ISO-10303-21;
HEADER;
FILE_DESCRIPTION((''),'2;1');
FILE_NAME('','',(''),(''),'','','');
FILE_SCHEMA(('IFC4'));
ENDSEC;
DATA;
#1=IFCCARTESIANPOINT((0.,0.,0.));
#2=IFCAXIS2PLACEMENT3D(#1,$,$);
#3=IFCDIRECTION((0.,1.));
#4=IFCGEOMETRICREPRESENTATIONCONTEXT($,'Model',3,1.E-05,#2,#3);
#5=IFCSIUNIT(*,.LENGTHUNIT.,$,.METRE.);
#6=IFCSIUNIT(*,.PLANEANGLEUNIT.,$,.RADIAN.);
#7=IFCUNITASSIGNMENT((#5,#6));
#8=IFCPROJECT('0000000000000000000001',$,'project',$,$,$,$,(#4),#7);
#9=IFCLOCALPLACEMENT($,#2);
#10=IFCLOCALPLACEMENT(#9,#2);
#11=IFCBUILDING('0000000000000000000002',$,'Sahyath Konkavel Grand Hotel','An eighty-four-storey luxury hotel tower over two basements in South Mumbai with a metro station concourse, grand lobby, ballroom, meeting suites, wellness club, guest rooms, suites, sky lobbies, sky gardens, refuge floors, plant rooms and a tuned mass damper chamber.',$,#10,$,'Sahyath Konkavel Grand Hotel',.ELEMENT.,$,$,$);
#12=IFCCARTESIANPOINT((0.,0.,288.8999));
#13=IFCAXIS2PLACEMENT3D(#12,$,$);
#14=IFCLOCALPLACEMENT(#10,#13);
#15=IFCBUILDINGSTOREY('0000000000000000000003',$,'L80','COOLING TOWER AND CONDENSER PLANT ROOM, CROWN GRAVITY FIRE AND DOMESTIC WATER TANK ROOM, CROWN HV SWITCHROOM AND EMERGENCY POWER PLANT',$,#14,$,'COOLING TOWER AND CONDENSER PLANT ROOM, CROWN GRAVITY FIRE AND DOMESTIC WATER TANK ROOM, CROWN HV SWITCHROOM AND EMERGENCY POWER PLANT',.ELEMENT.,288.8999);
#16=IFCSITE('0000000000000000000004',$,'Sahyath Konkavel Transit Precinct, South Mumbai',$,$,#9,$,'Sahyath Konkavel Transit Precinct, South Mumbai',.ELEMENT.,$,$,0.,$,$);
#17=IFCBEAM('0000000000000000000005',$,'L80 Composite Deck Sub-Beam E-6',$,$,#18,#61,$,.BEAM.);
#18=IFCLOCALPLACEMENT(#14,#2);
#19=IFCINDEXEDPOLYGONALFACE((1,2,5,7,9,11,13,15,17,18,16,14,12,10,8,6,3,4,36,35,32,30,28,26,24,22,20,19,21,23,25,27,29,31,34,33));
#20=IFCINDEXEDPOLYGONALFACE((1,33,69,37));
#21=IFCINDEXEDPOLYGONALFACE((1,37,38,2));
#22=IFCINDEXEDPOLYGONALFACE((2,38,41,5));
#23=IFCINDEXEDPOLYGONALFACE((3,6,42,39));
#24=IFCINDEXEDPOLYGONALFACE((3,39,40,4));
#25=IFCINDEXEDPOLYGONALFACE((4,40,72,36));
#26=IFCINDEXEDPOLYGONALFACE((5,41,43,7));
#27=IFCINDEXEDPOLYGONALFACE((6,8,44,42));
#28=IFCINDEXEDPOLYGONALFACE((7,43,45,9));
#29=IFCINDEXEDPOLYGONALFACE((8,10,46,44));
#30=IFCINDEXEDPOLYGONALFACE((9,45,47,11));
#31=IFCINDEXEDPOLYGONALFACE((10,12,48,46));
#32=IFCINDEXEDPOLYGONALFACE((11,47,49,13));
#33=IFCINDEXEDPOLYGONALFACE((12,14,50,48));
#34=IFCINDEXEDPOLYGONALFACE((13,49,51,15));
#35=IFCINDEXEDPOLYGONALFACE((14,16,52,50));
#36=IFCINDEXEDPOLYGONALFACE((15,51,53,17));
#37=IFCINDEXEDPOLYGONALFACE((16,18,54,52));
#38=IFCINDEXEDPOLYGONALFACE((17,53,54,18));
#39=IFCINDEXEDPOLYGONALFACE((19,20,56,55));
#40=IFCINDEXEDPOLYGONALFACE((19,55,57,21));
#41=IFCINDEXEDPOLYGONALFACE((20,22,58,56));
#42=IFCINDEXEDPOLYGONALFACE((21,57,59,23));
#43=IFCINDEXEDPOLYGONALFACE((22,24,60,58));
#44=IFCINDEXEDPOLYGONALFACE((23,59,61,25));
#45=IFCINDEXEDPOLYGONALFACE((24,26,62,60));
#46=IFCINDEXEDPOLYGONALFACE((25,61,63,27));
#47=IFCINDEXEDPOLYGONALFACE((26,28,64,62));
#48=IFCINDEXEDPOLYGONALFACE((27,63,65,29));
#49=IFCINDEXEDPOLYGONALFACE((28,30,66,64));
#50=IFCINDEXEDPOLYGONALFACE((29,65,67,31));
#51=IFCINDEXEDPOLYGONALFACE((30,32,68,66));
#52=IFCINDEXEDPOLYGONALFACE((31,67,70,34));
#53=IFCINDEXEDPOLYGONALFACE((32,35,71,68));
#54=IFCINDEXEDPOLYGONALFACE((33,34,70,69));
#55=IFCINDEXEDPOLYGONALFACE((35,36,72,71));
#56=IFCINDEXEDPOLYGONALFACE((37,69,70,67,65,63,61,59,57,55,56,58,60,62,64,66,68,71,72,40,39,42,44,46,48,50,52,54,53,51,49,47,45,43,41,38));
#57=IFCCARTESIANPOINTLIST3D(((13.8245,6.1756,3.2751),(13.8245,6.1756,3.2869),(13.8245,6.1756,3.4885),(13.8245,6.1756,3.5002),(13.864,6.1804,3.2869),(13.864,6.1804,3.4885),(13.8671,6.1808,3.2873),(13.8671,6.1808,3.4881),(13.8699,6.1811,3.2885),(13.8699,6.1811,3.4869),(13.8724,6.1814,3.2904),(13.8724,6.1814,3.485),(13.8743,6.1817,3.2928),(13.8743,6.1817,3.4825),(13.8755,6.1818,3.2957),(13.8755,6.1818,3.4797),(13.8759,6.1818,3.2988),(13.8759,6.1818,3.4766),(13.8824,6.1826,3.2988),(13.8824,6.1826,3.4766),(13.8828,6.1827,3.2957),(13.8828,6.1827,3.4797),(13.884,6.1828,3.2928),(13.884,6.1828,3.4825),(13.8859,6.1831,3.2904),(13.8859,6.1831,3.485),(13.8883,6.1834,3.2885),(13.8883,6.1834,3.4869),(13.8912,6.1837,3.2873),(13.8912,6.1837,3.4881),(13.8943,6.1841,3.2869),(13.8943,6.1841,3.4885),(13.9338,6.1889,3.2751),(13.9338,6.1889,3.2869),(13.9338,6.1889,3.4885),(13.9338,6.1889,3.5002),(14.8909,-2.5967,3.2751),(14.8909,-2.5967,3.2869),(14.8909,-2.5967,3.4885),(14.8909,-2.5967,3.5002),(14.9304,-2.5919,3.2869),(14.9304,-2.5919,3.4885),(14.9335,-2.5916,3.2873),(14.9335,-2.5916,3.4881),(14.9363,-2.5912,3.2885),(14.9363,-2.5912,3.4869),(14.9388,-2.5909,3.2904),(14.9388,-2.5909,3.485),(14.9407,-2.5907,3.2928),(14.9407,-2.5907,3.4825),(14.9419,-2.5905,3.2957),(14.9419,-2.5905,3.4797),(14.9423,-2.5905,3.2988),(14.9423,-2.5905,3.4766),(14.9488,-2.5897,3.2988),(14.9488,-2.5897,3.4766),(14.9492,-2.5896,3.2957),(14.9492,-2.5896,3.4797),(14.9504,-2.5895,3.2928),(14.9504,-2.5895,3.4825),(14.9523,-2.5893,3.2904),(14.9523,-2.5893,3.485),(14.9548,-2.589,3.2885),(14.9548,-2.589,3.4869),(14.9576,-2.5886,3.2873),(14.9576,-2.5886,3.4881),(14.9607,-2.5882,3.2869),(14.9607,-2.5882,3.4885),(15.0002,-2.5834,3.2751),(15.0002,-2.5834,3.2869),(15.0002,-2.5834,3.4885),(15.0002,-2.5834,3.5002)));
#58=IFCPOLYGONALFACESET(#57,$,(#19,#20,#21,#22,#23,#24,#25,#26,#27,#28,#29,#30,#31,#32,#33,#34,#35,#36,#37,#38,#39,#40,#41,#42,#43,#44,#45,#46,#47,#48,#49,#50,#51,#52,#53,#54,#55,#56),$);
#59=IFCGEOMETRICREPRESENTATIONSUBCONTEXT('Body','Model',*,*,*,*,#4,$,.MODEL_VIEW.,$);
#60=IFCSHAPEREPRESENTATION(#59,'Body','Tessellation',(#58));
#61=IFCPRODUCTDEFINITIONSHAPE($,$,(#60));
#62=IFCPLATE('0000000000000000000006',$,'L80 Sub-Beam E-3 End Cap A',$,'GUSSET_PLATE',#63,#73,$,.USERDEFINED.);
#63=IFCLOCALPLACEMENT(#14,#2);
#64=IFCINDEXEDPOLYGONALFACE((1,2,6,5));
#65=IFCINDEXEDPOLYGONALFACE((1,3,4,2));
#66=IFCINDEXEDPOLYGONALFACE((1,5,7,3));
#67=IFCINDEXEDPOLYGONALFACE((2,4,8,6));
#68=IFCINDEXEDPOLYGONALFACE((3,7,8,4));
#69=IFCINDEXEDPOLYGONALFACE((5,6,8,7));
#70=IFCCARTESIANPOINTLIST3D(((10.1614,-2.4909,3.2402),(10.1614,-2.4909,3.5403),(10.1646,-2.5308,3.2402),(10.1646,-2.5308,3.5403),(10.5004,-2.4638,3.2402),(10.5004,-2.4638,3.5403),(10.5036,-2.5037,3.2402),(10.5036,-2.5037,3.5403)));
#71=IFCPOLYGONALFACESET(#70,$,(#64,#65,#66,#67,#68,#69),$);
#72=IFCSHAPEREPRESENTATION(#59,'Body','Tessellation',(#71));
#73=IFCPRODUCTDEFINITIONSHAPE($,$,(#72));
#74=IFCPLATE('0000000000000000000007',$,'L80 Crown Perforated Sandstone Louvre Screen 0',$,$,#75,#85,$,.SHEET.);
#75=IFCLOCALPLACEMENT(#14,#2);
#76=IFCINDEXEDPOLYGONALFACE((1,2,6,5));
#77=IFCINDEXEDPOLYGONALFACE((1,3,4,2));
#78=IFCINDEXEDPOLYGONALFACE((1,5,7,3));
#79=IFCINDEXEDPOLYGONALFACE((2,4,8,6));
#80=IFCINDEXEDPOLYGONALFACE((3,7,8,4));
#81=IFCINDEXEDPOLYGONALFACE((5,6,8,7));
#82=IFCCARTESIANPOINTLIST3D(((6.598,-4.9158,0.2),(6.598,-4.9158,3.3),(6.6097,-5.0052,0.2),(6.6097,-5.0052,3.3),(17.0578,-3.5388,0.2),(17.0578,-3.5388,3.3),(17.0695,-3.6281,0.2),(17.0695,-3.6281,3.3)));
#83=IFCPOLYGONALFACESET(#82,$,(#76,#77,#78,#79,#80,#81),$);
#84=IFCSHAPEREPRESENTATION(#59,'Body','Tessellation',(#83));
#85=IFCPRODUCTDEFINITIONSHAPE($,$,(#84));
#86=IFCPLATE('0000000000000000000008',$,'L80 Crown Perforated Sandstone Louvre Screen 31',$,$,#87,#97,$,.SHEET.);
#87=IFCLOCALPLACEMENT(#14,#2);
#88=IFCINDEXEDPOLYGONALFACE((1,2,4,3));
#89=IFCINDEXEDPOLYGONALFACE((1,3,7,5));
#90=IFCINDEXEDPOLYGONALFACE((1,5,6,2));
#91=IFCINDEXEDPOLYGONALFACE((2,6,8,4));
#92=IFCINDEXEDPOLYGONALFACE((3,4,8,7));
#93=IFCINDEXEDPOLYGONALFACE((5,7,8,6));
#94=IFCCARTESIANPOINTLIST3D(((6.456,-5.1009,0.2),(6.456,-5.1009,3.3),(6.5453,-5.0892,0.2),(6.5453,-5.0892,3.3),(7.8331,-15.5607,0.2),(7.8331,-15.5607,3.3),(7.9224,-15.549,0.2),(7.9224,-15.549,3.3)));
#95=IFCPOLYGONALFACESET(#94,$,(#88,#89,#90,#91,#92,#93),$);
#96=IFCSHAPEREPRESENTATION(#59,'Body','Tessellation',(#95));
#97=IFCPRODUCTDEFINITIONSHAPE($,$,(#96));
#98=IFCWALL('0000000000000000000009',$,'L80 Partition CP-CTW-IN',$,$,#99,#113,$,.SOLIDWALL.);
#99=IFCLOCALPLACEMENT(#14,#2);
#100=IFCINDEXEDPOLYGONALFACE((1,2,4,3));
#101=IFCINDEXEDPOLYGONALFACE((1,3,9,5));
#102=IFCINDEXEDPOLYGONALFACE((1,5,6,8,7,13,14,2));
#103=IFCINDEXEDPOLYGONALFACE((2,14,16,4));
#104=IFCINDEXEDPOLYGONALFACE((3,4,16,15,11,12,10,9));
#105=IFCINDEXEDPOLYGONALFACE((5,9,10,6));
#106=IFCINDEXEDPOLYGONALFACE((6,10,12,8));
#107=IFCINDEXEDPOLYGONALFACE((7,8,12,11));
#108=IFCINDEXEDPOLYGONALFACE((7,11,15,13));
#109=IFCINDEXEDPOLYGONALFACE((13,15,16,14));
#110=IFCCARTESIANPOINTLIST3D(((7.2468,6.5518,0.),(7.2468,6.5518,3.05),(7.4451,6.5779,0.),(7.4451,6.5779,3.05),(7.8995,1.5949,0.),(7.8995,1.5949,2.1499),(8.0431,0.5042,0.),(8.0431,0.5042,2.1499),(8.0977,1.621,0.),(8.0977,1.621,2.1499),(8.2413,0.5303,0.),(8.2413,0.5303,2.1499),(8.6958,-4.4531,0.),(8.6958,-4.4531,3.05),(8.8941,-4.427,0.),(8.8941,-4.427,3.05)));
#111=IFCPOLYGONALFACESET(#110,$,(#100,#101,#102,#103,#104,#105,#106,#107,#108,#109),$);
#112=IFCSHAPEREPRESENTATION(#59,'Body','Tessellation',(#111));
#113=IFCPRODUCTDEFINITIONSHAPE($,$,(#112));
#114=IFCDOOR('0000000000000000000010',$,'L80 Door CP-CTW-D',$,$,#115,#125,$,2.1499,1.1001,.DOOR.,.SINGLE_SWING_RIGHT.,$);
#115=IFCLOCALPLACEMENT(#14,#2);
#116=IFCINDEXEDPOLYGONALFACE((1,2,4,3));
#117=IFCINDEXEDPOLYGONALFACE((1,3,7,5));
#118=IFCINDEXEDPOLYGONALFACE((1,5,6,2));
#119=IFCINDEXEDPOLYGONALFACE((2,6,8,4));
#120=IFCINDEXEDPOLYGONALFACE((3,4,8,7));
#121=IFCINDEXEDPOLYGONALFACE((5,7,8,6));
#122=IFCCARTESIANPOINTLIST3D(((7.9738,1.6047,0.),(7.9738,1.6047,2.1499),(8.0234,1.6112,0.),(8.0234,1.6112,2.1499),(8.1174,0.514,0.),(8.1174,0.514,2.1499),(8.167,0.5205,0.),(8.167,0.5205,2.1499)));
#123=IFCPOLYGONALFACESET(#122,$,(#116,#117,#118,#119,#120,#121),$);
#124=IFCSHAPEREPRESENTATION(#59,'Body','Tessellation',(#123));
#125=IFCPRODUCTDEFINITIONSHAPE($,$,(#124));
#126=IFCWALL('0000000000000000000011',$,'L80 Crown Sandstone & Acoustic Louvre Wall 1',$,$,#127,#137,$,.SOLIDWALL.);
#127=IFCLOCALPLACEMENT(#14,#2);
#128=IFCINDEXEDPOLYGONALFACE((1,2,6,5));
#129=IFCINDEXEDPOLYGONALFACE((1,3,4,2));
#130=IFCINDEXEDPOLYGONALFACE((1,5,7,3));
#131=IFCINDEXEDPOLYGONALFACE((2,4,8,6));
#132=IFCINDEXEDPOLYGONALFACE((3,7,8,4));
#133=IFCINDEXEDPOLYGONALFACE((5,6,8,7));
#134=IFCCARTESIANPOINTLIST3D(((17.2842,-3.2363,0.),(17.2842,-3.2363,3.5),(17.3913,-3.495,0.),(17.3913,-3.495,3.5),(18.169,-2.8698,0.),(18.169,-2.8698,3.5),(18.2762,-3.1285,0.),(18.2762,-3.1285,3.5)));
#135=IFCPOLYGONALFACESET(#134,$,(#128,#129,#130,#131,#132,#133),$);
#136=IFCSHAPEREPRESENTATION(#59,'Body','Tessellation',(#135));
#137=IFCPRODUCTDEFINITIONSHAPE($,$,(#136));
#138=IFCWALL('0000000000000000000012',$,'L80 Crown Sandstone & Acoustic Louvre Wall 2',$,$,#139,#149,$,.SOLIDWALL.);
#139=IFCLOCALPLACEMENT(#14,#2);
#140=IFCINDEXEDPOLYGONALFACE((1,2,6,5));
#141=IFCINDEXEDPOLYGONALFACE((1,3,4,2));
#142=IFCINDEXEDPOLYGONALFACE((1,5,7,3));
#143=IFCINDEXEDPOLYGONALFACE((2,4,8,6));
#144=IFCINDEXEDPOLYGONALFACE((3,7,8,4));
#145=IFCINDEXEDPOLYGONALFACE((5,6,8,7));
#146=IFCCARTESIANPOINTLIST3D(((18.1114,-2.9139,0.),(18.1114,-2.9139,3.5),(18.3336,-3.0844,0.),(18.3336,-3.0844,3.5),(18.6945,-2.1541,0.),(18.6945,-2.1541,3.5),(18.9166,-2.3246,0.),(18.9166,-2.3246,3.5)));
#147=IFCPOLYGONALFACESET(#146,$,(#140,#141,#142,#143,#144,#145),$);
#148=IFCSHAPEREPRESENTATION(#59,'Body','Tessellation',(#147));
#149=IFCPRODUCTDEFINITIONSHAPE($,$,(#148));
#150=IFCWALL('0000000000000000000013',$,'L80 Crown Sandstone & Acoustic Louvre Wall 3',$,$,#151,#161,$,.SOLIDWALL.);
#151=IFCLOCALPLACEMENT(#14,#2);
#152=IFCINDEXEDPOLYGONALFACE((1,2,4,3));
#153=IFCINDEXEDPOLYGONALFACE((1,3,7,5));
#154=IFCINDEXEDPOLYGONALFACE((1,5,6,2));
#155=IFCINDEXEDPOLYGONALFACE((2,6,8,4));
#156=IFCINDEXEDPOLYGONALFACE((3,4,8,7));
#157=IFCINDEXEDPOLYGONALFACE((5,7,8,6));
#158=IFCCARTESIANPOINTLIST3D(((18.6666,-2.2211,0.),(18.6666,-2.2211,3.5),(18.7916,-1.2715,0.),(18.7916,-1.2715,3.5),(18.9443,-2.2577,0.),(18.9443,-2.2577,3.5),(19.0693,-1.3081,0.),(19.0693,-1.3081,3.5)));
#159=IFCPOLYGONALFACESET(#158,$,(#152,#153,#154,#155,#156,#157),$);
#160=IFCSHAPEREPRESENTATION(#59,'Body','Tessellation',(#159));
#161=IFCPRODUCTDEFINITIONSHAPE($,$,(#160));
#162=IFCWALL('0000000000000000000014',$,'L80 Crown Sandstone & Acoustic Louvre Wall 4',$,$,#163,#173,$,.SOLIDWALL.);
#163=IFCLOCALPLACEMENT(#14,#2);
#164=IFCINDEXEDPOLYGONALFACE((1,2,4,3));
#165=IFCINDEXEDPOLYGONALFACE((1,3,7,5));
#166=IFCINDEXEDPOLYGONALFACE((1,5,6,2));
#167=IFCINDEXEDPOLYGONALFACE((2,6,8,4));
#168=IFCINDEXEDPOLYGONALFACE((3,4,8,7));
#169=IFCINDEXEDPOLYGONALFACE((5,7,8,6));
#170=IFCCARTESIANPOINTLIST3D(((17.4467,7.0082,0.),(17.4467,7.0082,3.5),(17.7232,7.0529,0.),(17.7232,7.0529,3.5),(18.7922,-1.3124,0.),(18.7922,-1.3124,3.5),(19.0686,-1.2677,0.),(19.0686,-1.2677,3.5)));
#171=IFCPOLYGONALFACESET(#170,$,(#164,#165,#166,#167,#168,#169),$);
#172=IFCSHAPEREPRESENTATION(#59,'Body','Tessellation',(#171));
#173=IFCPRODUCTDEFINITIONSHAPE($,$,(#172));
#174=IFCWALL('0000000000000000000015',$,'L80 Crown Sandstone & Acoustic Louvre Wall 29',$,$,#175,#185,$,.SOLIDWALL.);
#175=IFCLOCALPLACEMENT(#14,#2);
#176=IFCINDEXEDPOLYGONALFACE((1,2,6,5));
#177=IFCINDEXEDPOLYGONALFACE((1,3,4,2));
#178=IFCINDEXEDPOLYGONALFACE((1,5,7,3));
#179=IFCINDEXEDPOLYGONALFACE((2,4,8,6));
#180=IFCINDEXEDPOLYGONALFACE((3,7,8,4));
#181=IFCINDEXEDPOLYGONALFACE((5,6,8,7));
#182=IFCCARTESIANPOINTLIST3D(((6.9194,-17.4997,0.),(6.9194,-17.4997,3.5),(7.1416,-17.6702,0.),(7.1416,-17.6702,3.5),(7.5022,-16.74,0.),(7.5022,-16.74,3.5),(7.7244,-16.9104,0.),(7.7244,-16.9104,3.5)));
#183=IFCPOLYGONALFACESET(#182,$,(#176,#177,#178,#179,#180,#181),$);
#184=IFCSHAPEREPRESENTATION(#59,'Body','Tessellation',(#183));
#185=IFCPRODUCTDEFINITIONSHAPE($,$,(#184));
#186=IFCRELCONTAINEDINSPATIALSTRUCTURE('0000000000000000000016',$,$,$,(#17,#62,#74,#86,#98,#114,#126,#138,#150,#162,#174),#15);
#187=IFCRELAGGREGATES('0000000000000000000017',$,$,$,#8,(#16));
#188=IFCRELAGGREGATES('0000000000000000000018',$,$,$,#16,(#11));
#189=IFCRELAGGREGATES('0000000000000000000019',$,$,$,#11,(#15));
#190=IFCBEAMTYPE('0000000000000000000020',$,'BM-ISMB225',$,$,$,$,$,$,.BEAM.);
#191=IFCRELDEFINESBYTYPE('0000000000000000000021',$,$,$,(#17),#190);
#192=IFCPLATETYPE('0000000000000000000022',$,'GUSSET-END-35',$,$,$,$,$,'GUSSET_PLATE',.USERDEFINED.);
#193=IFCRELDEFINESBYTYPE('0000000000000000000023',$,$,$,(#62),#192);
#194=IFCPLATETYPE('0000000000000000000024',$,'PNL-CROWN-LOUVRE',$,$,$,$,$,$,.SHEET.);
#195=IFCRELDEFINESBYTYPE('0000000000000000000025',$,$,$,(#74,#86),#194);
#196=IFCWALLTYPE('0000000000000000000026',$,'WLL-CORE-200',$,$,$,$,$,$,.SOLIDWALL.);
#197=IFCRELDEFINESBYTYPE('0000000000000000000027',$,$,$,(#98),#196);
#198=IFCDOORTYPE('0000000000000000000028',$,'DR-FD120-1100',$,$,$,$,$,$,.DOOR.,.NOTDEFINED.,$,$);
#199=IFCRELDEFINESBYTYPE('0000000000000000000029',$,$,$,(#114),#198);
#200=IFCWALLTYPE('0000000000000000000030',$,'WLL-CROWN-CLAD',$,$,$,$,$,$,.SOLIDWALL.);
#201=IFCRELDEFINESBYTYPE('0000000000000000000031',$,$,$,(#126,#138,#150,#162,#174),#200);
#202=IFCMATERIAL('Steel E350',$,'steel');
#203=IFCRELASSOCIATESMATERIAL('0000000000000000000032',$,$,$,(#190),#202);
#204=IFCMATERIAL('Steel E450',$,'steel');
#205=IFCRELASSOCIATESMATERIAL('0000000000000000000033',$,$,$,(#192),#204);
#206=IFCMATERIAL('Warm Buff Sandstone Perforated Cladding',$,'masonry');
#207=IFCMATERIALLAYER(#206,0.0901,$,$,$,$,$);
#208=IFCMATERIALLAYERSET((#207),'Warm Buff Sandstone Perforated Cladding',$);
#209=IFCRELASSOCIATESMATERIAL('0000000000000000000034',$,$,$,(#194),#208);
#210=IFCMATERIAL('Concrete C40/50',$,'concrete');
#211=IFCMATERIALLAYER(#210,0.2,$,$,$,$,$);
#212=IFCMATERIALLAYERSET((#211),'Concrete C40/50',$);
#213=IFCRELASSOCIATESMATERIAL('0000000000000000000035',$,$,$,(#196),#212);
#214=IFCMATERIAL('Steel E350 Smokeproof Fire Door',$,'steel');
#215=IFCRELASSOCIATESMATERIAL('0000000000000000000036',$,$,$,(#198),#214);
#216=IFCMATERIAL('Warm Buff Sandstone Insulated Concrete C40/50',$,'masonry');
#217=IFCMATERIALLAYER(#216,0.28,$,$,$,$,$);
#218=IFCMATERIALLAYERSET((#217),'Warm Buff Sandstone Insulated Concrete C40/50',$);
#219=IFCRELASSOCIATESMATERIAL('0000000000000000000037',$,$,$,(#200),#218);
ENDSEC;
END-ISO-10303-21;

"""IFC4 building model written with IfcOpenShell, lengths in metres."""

from ifc_helpers import new_model, si_unit, direction, frame, frame_2d, origin, origin_2d, place, context, subcontext, project, spatial, rectangle, i_section, extrude, source, transform, mapped, material, layer, layer_set, material_profile, profile_set, type_object, element, fill, save


model = new_model("IFC4")

# Units and contexts
model_context = context("Model", 3, precision=1e-05, world=origin(), true_north=direction((0.0, 1.0)))
body_context = subcontext(model_context, "Body", "Model", "MODEL_VIEW")
ifc_project = project(units=[si_unit("LENGTHUNIT", "METRE"), si_unit("PLANEANGLEUNIT", "RADIAN")], contexts=[model_context])

# Site, building, storey
site_placement = place(None, origin())
site = spatial("IfcSite", under=ifc_project, at=site_placement, Name="Sahyath Konkavel Transit Precinct, South Mumbai", LongName="Sahyath Konkavel Transit Precinct, South Mumbai", CompositionType="ELEMENT", RefElevation=0.0)
building_placement = place(site_placement, origin())
building = spatial("IfcBuilding", under=site, at=building_placement, Name="Sahyath Konkavel Grand Hotel", Description="An eighty-four-storey luxury hotel tower over two basements in South Mumbai with a metro station concourse, grand lobby, ballroom, meeting suites, wellness club, guest rooms, suites, sky lobbies, sky gardens, refuge floors, plant rooms and a tuned mass damper chamber.", LongName="Sahyath Konkavel Grand Hotel", CompositionType="ELEMENT")
storey_placement = place(building_placement, frame((0.0, 0.0, 288.8999)))
storey = spatial("IfcBuildingStorey", under=building, at=storey_placement, Name="L80", Description="COOLING TOWER AND CONDENSER PLANT ROOM, CROWN GRAVITY FIRE AND DOMESTIC WATER TANK ROOM, CROWN HV SWITCHROOM AND EMERGENCY POWER PLANT", LongName="COOLING TOWER AND CONDENSER PLANT ROOM, CROWN GRAVITY FIRE AND DOMESTIC WATER TANK ROOM, CROWN HV SWITCHROOM AND EMERGENCY POWER PLANT", CompositionType="ELEMENT", Elevation=288.8999)

# Shared definitions
ifc_material_1 = material(Name="Concrete C40/50", Category="concrete")

# Beam
ifc_material_2 = material(Name="Steel E350", Category="steel")
ifc_material_profile_1 = material_profile(ifc_material_2, i_section(OverallWidth=0.1101, OverallDepth=0.2251, WebThickness=0.0066, FlangeThickness=0.0117, FilletRadius=0.012, at=origin_2d()), Name="ISMB 225")
ifc_profile_set_1 = profile_set([ifc_material_profile_1], Name="Steel E350")
beam_type_1 = type_object("IfcBeamType", Name="BM-ISMB225", PredefinedType="BEAM", material=ifc_profile_set_1)
shared_shape_1 = source(origin(), body_context, "Body", "SweptSolid", [
    extrude(i_section(OverallWidth=0.1101, OverallDepth=0.2251, WebThickness=0.0066, FlangeThickness=0.0117, FilletRadius=0.012, at=origin_2d()), origin(), (0.0, 0.0, 1.0), 8.8369),
])
beam_1_placement = place(storey_placement, frame((14.9456, -2.5901, 3.3877), z_axis=(-0.120678, 0.992692, 0.0), x_axis=(-0.992692, -0.120678, 0.0)))
element("IfcBeam", 1, at=beam_1_placement, inside=storey, type_object=beam_type_1, Name="L80 Composite Deck Sub-Beam E-6", PredefinedType="BEAM", context=body_context, shape_type="MappedRepresentation", body=[
    mapped(shared_shape_1, transform((0.0, 0.0, 0.0), scale=1.0)),
])

# Plates
ifc_material_3 = material(Name="Steel E450", Category="steel")
plate_type_1 = type_object("IfcPlateType", Name="GUSSET-END-35", ElementType="GUSSET_PLATE", PredefinedType="USERDEFINED", material=ifc_material_3)
shared_shape_2 = source(origin(), body_context, "Body", "SweptSolid", [
    extrude(rectangle(XDim=0.04, YDim=0.3401, at=origin_2d()), origin(), (0.0, 0.0, 1.0), 0.3),
])
plate_placement = place(storey_placement, frame((10.3325, -2.4973, 3.2402), z_axis=(0.0, 0.0, 1.0), x_axis=(-0.079607, 0.996826, 0.0)))
element("IfcPlate", 2, at=plate_placement, inside=storey, type_object=plate_type_1, Name="L80 Sub-Beam E-3 End Cap A", ObjectType="GUSSET_PLATE", PredefinedType="USERDEFINED", context=body_context, shape_type="MappedRepresentation", body=[
    mapped(shared_shape_2, transform((0.0, 0.0, 0.0), scale=1.0)),
])
ifc_material_4 = material(Name="Warm Buff Sandstone Perforated Cladding", Category="masonry")
ifc_layer_1 = layer(ifc_material_4, 0.0901)
ifc_layer_set_1 = layer_set([ifc_layer_1], Name="Warm Buff Sandstone Perforated Cladding")
plate_type_2 = type_object("IfcPlateType", Name="PNL-CROWN-LOUVRE", PredefinedType="SHEET", material=ifc_layer_set_1)
shared_shape_3 = source(origin(), body_context, "Body", "SweptSolid", [
    extrude(rectangle(XDim=10.55, YDim=0.0901, at=origin_2d()), origin(), (0.0, 0.0, 1.0), 3.1001),
])
for number, where, z_axis, x_axis, name in (
    (3, (11.8337, -4.272, 0.2), (0.0, 0.0, 1.0), (0.991445, 0.130526, 0.0), "L80 Crown Perforated Sandstone Louvre Screen 0"),
    (4, (7.1892, -10.325, 0.2), (0.0, 0.0, 1.0), (-0.130526, 0.991445, 0.0), "L80 Crown Perforated Sandstone Louvre Screen 31"),
):
    element("IfcPlate", number, at=place(storey_placement, frame(where, z_axis=z_axis, x_axis=x_axis)), inside=storey, type_object=plate_type_2, Name=name, PredefinedType="SHEET", context=body_context, shape_type="MappedRepresentation", body=[
        mapped(shared_shape_3, transform((0.0, 0.0, 0.0), scale=1.0)),
    ])

# Wall, opening, door
ifc_layer_2 = layer(ifc_material_1, 0.2)
ifc_layer_set_2 = layer_set([ifc_layer_2], Name="Concrete C40/50")
wall_type_1 = type_object("IfcWallType", Name="WLL-CORE-200", PredefinedType="SOLIDWALL", material=ifc_layer_set_2)
wall_1_placement = place(storey_placement, frame((8.7949, -4.4399, 0.0), z_axis=(0.0, 0.0, 1.0), x_axis=(-0.13054, 0.991443, 0.0)))
wall_1 = element("IfcWall", 5, at=wall_1_placement, inside=storey, type_object=wall_type_1, Name="L80 Partition CP-CTW-IN", PredefinedType="SOLIDWALL", context=body_context, shape_type="SweptSolid", body=[
    extrude(rectangle(XDim=11.0999, YDim=0.2, at=frame_2d((5.5498, 0.0))), origin(), (0.0, 0.0, 1.0), 3.05),
])
opening_placement = place(wall_1_placement, frame((5.0, 0.0, 0.0)))
opening = element("IfcOpeningElement", 6, at=opening_placement, cuts=wall_1, PredefinedType="OPENING", context=body_context, shape_type="SweptSolid", body=[
    extrude(rectangle(XDim=1.1001, YDim=2.1499, at=frame_2d((0.55, 1.075))), frame((0.0, 0.1099, 0.0), z_axis=(0.0, -1.0, 0.0), x_axis=(1.0, 0.0, 0.0)), (0.0, 0.0, 1.0), 0.22),
])
ifc_material_5 = material(Name="Steel E350 Smokeproof Fire Door", Category="steel")
door_type = type_object("IfcDoorType", Name="DR-FD120-1100", OperationType="NOTDEFINED", PredefinedType="DOOR", material=ifc_material_5)
shared_shape_4 = source(origin(), body_context, "Body", "SweptSolid", [
    extrude(rectangle(XDim=1.1001, YDim=0.05, at=origin_2d()), origin(), (0.0, 0.0, 1.0), 2.1499),
])
door_placement = place(opening_placement, frame((0.55, 0.0, 0.0)))
door = element("IfcDoor", 7, at=door_placement, inside=storey, type_object=door_type, Name="L80 Door CP-CTW-D", OperationType="SINGLE_SWING_RIGHT", OverallHeight=2.1499, OverallWidth=1.1001, PredefinedType="DOOR", context=body_context, shape_type="MappedRepresentation", body=[
    mapped(shared_shape_4, transform((0.0, 0.0, 0.0), scale=1.0)),
])
fill(opening, door)

# Walls
ifc_material_6 = material(Name="Warm Buff Sandstone Insulated Concrete C40/50", Category="masonry")
ifc_layer_3 = layer(ifc_material_6, 0.28)
ifc_layer_set_3 = layer_set([ifc_layer_3], Name="Warm Buff Sandstone Insulated Concrete C40/50")
wall_type_2 = type_object("IfcWallType", Name="WLL-CROWN-CLAD", PredefinedType="SOLIDWALL", material=ifc_layer_set_3)
for number, where, z_axis, x_axis, name in (
    (8, (17.3376, -3.3657, 0.0), (0.0, 0.0, 1.0), (0.923889, 0.38266, 0.0), "L80 Crown Sandstone & Acoustic Louvre Wall 1"),
    (9, (18.2224, -2.9993, 0.0), (0.0, 0.0, 1.0), (0.608774, 0.793344, 0.0), "L80 Crown Sandstone & Acoustic Louvre Wall 2"),
    (10, (18.8054, -2.2395, 0.0), (0.0, 0.0, 1.0), (0.130527, 0.991445, 0.0), "L80 Crown Sandstone & Acoustic Louvre Wall 3"),
):
    element("IfcWall", number, at=place(storey_placement, frame(where, z_axis=z_axis, x_axis=x_axis)), inside=storey, type_object=wall_type_2, Name=name, PredefinedType="SOLIDWALL", context=body_context, shape_type="SweptSolid", body=[
        extrude(rectangle(XDim=0.9578, YDim=0.28, at=frame_2d((0.479, 0.0))), origin(), (0.0, 0.0, 1.0), 3.5),
    ])
wall_2_placement = place(storey_placement, frame((18.9304, -1.29, 0.0), z_axis=(0.0, 0.0, 1.0), x_axis=(-0.159629, 0.987177, 0.0)))
element("IfcWall", 11, at=wall_2_placement, inside=storey, type_object=wall_type_2, Name="L80 Crown Sandstone & Acoustic Louvre Wall 4", PredefinedType="SOLIDWALL", context=body_context, shape_type="SweptSolid", body=[
    extrude(rectangle(XDim=8.4287, YDim=0.28, at=frame_2d((4.2144, 0.0))), origin(), (0.0, 0.0, 1.0), 3.5),
])
wall_3_placement = place(storey_placement, frame((7.0305, -17.585, 0.0), z_axis=(0.0, 0.0, 1.0), x_axis=(0.608614, 0.793467, 0.0)))
element("IfcWall", 12, at=wall_3_placement, inside=storey, type_object=wall_type_2, Name="L80 Crown Sandstone & Acoustic Louvre Wall 29", PredefinedType="SOLIDWALL", context=body_context, shape_type="SweptSolid", body=[
    extrude(rectangle(XDim=0.9575, YDim=0.28, at=frame_2d((0.4788, 0.0))), origin(), (0.0, 0.0, 1.0), 3.5),
])

save(model, "model.ifc")
